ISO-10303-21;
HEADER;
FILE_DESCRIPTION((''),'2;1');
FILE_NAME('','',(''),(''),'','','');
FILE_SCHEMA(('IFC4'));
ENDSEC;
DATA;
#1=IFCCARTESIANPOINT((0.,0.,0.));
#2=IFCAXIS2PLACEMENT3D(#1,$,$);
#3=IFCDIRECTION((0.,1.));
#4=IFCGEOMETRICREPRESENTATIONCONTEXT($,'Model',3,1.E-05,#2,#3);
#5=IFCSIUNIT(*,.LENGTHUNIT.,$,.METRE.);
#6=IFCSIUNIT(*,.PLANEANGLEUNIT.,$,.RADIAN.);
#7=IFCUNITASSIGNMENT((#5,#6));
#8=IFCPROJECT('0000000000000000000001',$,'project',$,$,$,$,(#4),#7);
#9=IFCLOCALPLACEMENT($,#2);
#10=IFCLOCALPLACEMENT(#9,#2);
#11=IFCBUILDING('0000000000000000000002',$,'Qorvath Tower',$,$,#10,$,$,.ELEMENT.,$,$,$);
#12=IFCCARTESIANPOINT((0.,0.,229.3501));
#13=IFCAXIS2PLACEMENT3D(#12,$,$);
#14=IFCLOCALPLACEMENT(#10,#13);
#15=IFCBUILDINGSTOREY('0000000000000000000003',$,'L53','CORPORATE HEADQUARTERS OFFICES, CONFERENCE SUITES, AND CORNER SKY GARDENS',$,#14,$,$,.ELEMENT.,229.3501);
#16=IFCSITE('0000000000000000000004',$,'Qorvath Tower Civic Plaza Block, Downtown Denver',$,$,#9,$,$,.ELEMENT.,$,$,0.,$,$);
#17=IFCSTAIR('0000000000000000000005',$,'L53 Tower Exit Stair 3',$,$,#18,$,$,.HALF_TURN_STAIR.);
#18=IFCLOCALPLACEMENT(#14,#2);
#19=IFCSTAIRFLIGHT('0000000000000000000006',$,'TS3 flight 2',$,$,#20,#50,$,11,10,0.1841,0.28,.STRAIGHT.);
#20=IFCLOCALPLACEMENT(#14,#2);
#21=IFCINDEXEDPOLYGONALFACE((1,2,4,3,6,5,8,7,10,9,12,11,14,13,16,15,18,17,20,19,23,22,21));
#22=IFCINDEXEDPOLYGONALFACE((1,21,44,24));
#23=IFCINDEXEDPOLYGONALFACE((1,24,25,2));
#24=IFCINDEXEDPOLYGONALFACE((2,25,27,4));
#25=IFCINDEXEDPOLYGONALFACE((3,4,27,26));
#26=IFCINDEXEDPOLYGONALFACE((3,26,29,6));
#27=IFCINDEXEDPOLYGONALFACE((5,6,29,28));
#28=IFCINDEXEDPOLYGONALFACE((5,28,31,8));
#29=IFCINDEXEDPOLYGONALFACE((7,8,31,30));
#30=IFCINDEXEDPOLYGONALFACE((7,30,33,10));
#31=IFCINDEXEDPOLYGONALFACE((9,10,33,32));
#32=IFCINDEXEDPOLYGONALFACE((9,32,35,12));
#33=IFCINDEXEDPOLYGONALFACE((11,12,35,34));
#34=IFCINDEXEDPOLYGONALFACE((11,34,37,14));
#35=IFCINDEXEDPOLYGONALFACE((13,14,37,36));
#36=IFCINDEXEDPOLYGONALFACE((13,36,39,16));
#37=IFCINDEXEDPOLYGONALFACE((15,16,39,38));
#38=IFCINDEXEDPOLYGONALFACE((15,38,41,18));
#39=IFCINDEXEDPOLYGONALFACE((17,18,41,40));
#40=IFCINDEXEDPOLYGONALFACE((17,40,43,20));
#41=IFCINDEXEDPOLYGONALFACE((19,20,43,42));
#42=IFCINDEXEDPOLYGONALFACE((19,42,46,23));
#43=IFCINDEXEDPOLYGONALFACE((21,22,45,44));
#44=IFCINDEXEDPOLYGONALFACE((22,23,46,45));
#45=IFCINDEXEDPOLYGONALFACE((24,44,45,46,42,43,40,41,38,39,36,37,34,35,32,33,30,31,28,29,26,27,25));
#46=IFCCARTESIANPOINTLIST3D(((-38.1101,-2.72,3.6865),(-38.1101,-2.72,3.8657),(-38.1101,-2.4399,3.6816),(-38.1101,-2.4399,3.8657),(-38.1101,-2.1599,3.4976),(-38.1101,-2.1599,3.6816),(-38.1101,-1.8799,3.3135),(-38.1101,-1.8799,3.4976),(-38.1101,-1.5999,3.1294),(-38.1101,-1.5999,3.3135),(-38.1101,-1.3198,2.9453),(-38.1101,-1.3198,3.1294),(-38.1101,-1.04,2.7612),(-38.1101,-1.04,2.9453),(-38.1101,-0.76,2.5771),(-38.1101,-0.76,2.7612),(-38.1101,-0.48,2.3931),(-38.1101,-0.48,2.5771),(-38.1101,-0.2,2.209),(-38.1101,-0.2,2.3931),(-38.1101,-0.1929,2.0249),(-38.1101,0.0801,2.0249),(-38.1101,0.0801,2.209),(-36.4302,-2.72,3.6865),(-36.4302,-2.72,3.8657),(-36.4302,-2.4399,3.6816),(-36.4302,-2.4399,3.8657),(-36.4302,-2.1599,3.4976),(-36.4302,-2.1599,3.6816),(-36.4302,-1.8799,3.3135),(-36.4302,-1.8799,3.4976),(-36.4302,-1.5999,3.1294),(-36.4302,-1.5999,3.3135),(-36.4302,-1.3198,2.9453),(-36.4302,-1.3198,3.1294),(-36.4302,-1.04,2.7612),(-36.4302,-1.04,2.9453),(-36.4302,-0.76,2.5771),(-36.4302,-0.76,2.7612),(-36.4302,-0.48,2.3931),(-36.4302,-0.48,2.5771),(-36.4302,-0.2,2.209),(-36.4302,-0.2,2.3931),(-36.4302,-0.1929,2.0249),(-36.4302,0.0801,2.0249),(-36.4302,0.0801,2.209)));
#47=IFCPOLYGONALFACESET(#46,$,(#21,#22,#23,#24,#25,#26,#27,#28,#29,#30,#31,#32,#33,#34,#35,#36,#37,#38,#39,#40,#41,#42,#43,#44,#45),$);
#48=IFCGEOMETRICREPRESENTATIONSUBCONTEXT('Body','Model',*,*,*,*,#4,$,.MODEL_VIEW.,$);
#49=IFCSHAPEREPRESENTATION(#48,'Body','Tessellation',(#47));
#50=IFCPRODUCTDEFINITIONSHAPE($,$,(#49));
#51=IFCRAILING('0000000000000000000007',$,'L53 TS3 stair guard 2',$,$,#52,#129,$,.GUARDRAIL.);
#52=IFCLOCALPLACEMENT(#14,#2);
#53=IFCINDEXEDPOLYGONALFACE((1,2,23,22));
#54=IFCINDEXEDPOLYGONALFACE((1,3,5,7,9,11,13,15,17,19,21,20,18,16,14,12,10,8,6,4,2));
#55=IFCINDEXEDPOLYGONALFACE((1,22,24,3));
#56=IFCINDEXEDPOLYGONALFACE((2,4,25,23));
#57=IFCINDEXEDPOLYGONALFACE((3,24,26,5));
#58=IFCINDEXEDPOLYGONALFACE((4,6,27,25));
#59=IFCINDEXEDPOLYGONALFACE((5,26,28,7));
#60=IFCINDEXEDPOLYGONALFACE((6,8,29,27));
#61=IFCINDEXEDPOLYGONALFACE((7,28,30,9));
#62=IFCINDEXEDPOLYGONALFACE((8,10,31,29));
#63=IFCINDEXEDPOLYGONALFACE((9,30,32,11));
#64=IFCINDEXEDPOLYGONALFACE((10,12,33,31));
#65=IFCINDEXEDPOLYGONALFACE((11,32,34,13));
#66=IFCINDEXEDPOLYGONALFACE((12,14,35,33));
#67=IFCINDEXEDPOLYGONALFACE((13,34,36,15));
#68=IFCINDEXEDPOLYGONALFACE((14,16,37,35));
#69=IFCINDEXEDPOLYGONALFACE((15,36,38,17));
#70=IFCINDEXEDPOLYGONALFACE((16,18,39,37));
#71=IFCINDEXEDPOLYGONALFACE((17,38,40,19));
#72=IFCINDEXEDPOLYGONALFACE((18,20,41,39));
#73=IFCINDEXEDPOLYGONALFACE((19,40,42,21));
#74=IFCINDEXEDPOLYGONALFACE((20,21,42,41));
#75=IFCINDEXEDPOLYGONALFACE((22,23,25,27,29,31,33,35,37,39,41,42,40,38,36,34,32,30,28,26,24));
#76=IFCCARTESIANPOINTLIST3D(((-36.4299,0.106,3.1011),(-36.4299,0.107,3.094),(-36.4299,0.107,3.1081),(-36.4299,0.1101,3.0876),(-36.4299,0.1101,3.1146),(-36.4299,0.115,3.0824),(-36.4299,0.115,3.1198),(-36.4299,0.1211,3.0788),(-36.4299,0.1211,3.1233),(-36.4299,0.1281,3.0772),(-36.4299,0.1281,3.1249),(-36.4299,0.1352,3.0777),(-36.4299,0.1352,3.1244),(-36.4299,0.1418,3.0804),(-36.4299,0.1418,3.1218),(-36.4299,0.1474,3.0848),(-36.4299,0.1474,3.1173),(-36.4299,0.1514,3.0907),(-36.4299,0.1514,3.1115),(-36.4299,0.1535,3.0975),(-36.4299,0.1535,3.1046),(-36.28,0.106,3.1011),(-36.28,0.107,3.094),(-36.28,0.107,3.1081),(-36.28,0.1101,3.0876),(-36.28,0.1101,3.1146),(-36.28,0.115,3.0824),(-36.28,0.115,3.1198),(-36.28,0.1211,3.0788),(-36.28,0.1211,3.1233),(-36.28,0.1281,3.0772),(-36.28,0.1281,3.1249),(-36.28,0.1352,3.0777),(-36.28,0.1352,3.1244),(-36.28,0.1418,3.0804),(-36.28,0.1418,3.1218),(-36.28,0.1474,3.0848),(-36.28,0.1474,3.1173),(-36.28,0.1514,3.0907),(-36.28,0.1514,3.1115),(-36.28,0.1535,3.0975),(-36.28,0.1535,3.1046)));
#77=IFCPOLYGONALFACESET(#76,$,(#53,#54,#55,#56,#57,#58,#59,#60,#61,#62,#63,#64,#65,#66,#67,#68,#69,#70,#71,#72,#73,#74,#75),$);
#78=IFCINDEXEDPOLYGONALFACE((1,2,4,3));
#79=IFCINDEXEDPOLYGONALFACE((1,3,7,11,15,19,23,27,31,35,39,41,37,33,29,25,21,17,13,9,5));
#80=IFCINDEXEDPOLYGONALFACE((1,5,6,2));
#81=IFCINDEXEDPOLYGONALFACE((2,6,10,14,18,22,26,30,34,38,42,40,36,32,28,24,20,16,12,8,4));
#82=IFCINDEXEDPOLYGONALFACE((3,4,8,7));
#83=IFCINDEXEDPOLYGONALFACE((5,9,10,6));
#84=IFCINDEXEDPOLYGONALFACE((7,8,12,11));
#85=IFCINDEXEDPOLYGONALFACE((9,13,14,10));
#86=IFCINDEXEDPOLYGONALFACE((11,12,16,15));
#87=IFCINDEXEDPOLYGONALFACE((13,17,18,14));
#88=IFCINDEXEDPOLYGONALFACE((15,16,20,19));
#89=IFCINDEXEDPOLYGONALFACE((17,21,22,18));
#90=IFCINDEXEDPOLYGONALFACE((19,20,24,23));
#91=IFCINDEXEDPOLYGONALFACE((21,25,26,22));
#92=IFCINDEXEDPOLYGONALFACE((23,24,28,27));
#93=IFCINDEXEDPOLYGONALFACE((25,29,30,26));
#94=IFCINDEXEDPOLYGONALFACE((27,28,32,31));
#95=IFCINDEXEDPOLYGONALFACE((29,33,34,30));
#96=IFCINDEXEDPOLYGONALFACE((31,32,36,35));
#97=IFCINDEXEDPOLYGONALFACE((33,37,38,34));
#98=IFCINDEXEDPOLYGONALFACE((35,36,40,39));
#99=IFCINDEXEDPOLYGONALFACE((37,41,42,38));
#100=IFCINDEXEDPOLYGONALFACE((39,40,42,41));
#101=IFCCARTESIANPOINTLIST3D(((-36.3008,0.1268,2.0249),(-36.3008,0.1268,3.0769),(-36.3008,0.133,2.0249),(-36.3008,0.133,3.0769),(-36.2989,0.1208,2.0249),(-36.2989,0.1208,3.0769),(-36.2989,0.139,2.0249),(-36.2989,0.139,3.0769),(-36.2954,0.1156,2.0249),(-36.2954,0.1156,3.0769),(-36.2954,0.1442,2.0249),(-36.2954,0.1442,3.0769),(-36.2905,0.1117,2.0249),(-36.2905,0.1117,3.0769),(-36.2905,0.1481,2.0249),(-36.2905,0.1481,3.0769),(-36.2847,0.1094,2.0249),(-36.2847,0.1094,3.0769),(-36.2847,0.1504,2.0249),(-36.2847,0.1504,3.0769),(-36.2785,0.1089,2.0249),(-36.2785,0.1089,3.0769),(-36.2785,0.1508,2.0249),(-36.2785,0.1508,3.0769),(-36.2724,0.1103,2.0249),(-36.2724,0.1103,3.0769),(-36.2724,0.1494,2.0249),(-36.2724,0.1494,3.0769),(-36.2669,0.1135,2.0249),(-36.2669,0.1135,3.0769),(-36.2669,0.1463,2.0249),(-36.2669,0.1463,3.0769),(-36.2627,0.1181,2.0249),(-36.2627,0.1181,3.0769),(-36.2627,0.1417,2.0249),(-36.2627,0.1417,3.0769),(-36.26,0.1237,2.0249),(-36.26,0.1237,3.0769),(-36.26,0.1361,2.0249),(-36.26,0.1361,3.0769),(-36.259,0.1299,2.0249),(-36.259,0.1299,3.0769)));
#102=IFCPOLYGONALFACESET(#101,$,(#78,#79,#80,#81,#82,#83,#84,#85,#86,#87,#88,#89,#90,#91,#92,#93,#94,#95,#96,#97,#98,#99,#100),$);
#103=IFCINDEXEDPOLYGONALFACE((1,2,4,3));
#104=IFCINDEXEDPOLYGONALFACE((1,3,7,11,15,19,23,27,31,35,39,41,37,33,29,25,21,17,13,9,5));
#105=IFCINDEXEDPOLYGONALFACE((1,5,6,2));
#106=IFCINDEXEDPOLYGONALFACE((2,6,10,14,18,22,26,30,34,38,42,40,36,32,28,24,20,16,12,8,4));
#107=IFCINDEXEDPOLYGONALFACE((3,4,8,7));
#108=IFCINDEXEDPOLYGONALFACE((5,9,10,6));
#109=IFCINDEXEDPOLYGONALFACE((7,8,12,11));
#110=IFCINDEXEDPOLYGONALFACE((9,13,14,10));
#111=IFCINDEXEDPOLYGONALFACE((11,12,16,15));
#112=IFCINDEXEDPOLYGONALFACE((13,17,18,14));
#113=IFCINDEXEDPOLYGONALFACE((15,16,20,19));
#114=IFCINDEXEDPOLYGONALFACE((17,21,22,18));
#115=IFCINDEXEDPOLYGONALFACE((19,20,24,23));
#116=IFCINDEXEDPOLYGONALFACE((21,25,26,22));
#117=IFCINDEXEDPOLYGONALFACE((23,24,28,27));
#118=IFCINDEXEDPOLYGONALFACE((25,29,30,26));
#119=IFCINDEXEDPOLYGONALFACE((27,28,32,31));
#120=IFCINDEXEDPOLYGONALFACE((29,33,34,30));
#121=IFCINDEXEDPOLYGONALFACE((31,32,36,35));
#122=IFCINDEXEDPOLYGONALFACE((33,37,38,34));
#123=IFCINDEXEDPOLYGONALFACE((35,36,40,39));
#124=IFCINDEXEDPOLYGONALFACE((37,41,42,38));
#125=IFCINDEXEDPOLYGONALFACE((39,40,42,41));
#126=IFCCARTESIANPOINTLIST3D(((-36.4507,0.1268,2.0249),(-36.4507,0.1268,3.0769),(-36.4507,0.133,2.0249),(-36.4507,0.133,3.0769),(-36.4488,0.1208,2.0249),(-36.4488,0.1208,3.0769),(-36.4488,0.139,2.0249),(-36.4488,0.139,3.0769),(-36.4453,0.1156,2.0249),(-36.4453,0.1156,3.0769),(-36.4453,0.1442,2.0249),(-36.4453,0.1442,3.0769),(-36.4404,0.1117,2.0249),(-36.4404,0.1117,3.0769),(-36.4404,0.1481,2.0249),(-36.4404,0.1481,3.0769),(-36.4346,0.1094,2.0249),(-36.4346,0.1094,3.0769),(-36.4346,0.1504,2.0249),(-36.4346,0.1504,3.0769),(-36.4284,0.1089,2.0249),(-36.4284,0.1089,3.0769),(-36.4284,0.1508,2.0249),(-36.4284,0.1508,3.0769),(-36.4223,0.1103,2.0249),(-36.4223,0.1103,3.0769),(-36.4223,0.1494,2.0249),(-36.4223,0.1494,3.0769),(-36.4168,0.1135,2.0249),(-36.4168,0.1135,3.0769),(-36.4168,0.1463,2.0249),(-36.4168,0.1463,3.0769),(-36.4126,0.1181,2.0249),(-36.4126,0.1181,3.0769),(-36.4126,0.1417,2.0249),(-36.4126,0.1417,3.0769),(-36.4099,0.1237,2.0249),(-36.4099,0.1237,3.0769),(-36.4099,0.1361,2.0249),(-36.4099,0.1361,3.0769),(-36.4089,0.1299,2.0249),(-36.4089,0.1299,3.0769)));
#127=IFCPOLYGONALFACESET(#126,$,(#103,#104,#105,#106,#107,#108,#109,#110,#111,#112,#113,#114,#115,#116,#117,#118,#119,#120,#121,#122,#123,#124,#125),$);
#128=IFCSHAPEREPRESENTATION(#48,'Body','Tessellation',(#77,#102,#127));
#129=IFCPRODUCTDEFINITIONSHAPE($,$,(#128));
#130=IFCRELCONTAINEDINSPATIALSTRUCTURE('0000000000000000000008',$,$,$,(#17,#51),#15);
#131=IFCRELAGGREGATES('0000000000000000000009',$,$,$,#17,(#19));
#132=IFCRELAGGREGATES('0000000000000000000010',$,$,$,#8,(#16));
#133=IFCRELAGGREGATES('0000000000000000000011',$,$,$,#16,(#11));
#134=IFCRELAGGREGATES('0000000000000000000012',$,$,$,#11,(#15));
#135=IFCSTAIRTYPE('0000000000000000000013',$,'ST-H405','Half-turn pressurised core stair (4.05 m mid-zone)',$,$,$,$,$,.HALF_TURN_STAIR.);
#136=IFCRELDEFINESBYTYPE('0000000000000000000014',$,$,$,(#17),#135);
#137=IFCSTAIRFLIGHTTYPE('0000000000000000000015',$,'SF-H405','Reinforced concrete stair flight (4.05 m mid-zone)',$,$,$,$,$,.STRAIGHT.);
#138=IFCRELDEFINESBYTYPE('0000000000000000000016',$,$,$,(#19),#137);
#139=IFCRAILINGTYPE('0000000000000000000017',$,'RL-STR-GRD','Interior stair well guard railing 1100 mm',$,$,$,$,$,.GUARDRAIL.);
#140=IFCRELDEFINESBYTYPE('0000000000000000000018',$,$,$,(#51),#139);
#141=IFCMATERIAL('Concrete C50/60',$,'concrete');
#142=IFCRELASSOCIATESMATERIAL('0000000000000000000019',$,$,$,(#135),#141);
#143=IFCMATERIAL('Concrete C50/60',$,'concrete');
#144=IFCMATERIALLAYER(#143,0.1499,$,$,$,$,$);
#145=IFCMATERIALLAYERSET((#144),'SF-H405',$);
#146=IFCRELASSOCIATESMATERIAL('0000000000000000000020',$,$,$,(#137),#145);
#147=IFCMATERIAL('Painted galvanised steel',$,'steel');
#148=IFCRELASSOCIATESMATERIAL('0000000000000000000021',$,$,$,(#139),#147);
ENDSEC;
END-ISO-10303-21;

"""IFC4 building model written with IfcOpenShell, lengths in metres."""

from ifc_helpers import new_model, si_unit, direction, frame, origin, origin_2d, place, context, subcontext, project, spatial, polyline, circle, outline, extrude, material, layer, layer_set, type_object, element, aggregate, save


model = new_model("IFC4")

# Units and contexts
model_context = context("Model", 3, precision=1e-05, world=origin(), true_north=direction((0.0, 1.0)))
body_context = subcontext(model_context, "Body", "Model", "MODEL_VIEW")
ifc_project = project(units=[si_unit("LENGTHUNIT", "METRE"), si_unit("PLANEANGLEUNIT", "RADIAN")], contexts=[model_context])

# Site, building, storey
site_placement = place(None, origin())
site = spatial("IfcSite", under=ifc_project, at=site_placement, Name="Qorvath Tower Civic Plaza Block, Downtown Denver", CompositionType="ELEMENT", RefElevation=0.0)
building_placement = place(site_placement, origin())
building = spatial("IfcBuilding", under=site, at=building_placement, Name="Qorvath Tower", CompositionType="ELEMENT")
storey_placement = place(building_placement, frame((0.0, 0.0, 229.3501)))
storey = spatial("IfcBuildingStorey", under=building, at=storey_placement, Name="L53", Description="CORPORATE HEADQUARTERS OFFICES, CONFERENCE SUITES, AND CORNER SKY GARDENS", CompositionType="ELEMENT", Elevation=229.3501)

# Stair, stair flight
ifc_material_1 = material(Name="Concrete C50/60", Category="concrete")
stair_type = type_object("IfcStairType", Name="ST-H405", Description="Half-turn pressurised core stair (4.05 m mid-zone)", PredefinedType="HALF_TURN_STAIR", material=ifc_material_1)
stair_placement = place(storey_placement, origin())
stair = element("IfcStair", 1, at=stair_placement, inside=storey, type_object=stair_type, Name="L53 Tower Exit Stair 3", PredefinedType="HALF_TURN_STAIR")
ifc_material_2 = material(Name="Concrete C50/60", Category="concrete")
ifc_layer_1 = layer(ifc_material_2, 0.1499)
ifc_layer_set_1 = layer_set([ifc_layer_1], Name="SF-H405")
stair_flight_type = type_object("IfcStairFlightType", Name="SF-H405", Description="Reinforced concrete stair flight (4.05 m mid-zone)", PredefinedType="STRAIGHT", material=ifc_layer_set_1)
stair_flight_placement = place(storey_placement, frame((-37.27, 0.0801, 2.0249), z_axis=(0.0, 0.0, 1.0), x_axis=(0.0, -1.0, 0.0)))
stair_flight = element("IfcStairFlight", 2, at=stair_flight_placement, type_object=stair_flight_type, Name="TS3 flight 2", NumberOfRisers=11, NumberOfTreads=10, PredefinedType="STRAIGHT", RiserHeight=0.1841, TreadLength=0.28, context=body_context, shape_type="SweptSolid", body=[
    extrude(outline(polyline([(0.0, 0.0), (0.0, 0.1841), (0.28, 0.1841), (0.28, 0.3682), (0.5601, 0.3682), (0.5601, 0.5522), (0.8401, 0.5522), (0.8401, 0.7363), (1.1201, 0.7363), (1.1201, 0.9204), (1.3999, 0.9204), (1.3999, 1.1045), (1.6799, 1.1045), (1.6799, 1.2886), (1.96, 1.2886), (1.96, 1.4727), (2.24, 1.4727), (2.24, 1.6567), (2.52, 1.6567), (2.52, 1.8408), (2.8, 1.8408), (2.8, 2.0249), (2.8, 1.6616), (0.2729, 0.0), (0.0, 0.0)])), frame((0.0, 0.8398, 0.0), z_axis=(0.0, -1.0, 0.0), x_axis=(1.0, 0.0, 0.0)), (0.0, 0.0, 1.0), 1.6799),
])
aggregate(stair, [stair_flight])

# Railing
ifc_material_3 = material(Name="Painted galvanised steel", Category="steel")
railing_type = type_object("IfcRailingType", Name="RL-STR-GRD", Description="Interior stair well guard railing 1100 mm", PredefinedType="GUARDRAIL", material=ifc_material_3)
railing_1_placement = place(storey_placement, frame((-36.28, 0.1299, 2.0249)))
element("IfcRailing", 3, at=railing_1_placement, inside=storey, type_object=railing_type, Name="L53 TS3 stair guard 2", PredefinedType="GUARDRAIL", context=body_context, shape_type="SweptSolid", body=[
    extrude(circle(Radius=0.0239, at=origin_2d()), frame((0.0, 0.0, 1.0762), z_axis=(-1.0, 0.0, 0.0), x_axis=(0.0, -1.0, 0.0)), (0.0, 0.0, 1.0), 0.1499),
    extrude(circle(Radius=0.021, at=origin_2d()), origin(), (0.0, 0.0, 1.0), 1.052),
    extrude(circle(Radius=0.021, at=origin_2d()), frame((-0.1499, 0.0, 0.0)), (0.0, 0.0, 1.0), 1.052),
])

save(model, "model.ifc")
